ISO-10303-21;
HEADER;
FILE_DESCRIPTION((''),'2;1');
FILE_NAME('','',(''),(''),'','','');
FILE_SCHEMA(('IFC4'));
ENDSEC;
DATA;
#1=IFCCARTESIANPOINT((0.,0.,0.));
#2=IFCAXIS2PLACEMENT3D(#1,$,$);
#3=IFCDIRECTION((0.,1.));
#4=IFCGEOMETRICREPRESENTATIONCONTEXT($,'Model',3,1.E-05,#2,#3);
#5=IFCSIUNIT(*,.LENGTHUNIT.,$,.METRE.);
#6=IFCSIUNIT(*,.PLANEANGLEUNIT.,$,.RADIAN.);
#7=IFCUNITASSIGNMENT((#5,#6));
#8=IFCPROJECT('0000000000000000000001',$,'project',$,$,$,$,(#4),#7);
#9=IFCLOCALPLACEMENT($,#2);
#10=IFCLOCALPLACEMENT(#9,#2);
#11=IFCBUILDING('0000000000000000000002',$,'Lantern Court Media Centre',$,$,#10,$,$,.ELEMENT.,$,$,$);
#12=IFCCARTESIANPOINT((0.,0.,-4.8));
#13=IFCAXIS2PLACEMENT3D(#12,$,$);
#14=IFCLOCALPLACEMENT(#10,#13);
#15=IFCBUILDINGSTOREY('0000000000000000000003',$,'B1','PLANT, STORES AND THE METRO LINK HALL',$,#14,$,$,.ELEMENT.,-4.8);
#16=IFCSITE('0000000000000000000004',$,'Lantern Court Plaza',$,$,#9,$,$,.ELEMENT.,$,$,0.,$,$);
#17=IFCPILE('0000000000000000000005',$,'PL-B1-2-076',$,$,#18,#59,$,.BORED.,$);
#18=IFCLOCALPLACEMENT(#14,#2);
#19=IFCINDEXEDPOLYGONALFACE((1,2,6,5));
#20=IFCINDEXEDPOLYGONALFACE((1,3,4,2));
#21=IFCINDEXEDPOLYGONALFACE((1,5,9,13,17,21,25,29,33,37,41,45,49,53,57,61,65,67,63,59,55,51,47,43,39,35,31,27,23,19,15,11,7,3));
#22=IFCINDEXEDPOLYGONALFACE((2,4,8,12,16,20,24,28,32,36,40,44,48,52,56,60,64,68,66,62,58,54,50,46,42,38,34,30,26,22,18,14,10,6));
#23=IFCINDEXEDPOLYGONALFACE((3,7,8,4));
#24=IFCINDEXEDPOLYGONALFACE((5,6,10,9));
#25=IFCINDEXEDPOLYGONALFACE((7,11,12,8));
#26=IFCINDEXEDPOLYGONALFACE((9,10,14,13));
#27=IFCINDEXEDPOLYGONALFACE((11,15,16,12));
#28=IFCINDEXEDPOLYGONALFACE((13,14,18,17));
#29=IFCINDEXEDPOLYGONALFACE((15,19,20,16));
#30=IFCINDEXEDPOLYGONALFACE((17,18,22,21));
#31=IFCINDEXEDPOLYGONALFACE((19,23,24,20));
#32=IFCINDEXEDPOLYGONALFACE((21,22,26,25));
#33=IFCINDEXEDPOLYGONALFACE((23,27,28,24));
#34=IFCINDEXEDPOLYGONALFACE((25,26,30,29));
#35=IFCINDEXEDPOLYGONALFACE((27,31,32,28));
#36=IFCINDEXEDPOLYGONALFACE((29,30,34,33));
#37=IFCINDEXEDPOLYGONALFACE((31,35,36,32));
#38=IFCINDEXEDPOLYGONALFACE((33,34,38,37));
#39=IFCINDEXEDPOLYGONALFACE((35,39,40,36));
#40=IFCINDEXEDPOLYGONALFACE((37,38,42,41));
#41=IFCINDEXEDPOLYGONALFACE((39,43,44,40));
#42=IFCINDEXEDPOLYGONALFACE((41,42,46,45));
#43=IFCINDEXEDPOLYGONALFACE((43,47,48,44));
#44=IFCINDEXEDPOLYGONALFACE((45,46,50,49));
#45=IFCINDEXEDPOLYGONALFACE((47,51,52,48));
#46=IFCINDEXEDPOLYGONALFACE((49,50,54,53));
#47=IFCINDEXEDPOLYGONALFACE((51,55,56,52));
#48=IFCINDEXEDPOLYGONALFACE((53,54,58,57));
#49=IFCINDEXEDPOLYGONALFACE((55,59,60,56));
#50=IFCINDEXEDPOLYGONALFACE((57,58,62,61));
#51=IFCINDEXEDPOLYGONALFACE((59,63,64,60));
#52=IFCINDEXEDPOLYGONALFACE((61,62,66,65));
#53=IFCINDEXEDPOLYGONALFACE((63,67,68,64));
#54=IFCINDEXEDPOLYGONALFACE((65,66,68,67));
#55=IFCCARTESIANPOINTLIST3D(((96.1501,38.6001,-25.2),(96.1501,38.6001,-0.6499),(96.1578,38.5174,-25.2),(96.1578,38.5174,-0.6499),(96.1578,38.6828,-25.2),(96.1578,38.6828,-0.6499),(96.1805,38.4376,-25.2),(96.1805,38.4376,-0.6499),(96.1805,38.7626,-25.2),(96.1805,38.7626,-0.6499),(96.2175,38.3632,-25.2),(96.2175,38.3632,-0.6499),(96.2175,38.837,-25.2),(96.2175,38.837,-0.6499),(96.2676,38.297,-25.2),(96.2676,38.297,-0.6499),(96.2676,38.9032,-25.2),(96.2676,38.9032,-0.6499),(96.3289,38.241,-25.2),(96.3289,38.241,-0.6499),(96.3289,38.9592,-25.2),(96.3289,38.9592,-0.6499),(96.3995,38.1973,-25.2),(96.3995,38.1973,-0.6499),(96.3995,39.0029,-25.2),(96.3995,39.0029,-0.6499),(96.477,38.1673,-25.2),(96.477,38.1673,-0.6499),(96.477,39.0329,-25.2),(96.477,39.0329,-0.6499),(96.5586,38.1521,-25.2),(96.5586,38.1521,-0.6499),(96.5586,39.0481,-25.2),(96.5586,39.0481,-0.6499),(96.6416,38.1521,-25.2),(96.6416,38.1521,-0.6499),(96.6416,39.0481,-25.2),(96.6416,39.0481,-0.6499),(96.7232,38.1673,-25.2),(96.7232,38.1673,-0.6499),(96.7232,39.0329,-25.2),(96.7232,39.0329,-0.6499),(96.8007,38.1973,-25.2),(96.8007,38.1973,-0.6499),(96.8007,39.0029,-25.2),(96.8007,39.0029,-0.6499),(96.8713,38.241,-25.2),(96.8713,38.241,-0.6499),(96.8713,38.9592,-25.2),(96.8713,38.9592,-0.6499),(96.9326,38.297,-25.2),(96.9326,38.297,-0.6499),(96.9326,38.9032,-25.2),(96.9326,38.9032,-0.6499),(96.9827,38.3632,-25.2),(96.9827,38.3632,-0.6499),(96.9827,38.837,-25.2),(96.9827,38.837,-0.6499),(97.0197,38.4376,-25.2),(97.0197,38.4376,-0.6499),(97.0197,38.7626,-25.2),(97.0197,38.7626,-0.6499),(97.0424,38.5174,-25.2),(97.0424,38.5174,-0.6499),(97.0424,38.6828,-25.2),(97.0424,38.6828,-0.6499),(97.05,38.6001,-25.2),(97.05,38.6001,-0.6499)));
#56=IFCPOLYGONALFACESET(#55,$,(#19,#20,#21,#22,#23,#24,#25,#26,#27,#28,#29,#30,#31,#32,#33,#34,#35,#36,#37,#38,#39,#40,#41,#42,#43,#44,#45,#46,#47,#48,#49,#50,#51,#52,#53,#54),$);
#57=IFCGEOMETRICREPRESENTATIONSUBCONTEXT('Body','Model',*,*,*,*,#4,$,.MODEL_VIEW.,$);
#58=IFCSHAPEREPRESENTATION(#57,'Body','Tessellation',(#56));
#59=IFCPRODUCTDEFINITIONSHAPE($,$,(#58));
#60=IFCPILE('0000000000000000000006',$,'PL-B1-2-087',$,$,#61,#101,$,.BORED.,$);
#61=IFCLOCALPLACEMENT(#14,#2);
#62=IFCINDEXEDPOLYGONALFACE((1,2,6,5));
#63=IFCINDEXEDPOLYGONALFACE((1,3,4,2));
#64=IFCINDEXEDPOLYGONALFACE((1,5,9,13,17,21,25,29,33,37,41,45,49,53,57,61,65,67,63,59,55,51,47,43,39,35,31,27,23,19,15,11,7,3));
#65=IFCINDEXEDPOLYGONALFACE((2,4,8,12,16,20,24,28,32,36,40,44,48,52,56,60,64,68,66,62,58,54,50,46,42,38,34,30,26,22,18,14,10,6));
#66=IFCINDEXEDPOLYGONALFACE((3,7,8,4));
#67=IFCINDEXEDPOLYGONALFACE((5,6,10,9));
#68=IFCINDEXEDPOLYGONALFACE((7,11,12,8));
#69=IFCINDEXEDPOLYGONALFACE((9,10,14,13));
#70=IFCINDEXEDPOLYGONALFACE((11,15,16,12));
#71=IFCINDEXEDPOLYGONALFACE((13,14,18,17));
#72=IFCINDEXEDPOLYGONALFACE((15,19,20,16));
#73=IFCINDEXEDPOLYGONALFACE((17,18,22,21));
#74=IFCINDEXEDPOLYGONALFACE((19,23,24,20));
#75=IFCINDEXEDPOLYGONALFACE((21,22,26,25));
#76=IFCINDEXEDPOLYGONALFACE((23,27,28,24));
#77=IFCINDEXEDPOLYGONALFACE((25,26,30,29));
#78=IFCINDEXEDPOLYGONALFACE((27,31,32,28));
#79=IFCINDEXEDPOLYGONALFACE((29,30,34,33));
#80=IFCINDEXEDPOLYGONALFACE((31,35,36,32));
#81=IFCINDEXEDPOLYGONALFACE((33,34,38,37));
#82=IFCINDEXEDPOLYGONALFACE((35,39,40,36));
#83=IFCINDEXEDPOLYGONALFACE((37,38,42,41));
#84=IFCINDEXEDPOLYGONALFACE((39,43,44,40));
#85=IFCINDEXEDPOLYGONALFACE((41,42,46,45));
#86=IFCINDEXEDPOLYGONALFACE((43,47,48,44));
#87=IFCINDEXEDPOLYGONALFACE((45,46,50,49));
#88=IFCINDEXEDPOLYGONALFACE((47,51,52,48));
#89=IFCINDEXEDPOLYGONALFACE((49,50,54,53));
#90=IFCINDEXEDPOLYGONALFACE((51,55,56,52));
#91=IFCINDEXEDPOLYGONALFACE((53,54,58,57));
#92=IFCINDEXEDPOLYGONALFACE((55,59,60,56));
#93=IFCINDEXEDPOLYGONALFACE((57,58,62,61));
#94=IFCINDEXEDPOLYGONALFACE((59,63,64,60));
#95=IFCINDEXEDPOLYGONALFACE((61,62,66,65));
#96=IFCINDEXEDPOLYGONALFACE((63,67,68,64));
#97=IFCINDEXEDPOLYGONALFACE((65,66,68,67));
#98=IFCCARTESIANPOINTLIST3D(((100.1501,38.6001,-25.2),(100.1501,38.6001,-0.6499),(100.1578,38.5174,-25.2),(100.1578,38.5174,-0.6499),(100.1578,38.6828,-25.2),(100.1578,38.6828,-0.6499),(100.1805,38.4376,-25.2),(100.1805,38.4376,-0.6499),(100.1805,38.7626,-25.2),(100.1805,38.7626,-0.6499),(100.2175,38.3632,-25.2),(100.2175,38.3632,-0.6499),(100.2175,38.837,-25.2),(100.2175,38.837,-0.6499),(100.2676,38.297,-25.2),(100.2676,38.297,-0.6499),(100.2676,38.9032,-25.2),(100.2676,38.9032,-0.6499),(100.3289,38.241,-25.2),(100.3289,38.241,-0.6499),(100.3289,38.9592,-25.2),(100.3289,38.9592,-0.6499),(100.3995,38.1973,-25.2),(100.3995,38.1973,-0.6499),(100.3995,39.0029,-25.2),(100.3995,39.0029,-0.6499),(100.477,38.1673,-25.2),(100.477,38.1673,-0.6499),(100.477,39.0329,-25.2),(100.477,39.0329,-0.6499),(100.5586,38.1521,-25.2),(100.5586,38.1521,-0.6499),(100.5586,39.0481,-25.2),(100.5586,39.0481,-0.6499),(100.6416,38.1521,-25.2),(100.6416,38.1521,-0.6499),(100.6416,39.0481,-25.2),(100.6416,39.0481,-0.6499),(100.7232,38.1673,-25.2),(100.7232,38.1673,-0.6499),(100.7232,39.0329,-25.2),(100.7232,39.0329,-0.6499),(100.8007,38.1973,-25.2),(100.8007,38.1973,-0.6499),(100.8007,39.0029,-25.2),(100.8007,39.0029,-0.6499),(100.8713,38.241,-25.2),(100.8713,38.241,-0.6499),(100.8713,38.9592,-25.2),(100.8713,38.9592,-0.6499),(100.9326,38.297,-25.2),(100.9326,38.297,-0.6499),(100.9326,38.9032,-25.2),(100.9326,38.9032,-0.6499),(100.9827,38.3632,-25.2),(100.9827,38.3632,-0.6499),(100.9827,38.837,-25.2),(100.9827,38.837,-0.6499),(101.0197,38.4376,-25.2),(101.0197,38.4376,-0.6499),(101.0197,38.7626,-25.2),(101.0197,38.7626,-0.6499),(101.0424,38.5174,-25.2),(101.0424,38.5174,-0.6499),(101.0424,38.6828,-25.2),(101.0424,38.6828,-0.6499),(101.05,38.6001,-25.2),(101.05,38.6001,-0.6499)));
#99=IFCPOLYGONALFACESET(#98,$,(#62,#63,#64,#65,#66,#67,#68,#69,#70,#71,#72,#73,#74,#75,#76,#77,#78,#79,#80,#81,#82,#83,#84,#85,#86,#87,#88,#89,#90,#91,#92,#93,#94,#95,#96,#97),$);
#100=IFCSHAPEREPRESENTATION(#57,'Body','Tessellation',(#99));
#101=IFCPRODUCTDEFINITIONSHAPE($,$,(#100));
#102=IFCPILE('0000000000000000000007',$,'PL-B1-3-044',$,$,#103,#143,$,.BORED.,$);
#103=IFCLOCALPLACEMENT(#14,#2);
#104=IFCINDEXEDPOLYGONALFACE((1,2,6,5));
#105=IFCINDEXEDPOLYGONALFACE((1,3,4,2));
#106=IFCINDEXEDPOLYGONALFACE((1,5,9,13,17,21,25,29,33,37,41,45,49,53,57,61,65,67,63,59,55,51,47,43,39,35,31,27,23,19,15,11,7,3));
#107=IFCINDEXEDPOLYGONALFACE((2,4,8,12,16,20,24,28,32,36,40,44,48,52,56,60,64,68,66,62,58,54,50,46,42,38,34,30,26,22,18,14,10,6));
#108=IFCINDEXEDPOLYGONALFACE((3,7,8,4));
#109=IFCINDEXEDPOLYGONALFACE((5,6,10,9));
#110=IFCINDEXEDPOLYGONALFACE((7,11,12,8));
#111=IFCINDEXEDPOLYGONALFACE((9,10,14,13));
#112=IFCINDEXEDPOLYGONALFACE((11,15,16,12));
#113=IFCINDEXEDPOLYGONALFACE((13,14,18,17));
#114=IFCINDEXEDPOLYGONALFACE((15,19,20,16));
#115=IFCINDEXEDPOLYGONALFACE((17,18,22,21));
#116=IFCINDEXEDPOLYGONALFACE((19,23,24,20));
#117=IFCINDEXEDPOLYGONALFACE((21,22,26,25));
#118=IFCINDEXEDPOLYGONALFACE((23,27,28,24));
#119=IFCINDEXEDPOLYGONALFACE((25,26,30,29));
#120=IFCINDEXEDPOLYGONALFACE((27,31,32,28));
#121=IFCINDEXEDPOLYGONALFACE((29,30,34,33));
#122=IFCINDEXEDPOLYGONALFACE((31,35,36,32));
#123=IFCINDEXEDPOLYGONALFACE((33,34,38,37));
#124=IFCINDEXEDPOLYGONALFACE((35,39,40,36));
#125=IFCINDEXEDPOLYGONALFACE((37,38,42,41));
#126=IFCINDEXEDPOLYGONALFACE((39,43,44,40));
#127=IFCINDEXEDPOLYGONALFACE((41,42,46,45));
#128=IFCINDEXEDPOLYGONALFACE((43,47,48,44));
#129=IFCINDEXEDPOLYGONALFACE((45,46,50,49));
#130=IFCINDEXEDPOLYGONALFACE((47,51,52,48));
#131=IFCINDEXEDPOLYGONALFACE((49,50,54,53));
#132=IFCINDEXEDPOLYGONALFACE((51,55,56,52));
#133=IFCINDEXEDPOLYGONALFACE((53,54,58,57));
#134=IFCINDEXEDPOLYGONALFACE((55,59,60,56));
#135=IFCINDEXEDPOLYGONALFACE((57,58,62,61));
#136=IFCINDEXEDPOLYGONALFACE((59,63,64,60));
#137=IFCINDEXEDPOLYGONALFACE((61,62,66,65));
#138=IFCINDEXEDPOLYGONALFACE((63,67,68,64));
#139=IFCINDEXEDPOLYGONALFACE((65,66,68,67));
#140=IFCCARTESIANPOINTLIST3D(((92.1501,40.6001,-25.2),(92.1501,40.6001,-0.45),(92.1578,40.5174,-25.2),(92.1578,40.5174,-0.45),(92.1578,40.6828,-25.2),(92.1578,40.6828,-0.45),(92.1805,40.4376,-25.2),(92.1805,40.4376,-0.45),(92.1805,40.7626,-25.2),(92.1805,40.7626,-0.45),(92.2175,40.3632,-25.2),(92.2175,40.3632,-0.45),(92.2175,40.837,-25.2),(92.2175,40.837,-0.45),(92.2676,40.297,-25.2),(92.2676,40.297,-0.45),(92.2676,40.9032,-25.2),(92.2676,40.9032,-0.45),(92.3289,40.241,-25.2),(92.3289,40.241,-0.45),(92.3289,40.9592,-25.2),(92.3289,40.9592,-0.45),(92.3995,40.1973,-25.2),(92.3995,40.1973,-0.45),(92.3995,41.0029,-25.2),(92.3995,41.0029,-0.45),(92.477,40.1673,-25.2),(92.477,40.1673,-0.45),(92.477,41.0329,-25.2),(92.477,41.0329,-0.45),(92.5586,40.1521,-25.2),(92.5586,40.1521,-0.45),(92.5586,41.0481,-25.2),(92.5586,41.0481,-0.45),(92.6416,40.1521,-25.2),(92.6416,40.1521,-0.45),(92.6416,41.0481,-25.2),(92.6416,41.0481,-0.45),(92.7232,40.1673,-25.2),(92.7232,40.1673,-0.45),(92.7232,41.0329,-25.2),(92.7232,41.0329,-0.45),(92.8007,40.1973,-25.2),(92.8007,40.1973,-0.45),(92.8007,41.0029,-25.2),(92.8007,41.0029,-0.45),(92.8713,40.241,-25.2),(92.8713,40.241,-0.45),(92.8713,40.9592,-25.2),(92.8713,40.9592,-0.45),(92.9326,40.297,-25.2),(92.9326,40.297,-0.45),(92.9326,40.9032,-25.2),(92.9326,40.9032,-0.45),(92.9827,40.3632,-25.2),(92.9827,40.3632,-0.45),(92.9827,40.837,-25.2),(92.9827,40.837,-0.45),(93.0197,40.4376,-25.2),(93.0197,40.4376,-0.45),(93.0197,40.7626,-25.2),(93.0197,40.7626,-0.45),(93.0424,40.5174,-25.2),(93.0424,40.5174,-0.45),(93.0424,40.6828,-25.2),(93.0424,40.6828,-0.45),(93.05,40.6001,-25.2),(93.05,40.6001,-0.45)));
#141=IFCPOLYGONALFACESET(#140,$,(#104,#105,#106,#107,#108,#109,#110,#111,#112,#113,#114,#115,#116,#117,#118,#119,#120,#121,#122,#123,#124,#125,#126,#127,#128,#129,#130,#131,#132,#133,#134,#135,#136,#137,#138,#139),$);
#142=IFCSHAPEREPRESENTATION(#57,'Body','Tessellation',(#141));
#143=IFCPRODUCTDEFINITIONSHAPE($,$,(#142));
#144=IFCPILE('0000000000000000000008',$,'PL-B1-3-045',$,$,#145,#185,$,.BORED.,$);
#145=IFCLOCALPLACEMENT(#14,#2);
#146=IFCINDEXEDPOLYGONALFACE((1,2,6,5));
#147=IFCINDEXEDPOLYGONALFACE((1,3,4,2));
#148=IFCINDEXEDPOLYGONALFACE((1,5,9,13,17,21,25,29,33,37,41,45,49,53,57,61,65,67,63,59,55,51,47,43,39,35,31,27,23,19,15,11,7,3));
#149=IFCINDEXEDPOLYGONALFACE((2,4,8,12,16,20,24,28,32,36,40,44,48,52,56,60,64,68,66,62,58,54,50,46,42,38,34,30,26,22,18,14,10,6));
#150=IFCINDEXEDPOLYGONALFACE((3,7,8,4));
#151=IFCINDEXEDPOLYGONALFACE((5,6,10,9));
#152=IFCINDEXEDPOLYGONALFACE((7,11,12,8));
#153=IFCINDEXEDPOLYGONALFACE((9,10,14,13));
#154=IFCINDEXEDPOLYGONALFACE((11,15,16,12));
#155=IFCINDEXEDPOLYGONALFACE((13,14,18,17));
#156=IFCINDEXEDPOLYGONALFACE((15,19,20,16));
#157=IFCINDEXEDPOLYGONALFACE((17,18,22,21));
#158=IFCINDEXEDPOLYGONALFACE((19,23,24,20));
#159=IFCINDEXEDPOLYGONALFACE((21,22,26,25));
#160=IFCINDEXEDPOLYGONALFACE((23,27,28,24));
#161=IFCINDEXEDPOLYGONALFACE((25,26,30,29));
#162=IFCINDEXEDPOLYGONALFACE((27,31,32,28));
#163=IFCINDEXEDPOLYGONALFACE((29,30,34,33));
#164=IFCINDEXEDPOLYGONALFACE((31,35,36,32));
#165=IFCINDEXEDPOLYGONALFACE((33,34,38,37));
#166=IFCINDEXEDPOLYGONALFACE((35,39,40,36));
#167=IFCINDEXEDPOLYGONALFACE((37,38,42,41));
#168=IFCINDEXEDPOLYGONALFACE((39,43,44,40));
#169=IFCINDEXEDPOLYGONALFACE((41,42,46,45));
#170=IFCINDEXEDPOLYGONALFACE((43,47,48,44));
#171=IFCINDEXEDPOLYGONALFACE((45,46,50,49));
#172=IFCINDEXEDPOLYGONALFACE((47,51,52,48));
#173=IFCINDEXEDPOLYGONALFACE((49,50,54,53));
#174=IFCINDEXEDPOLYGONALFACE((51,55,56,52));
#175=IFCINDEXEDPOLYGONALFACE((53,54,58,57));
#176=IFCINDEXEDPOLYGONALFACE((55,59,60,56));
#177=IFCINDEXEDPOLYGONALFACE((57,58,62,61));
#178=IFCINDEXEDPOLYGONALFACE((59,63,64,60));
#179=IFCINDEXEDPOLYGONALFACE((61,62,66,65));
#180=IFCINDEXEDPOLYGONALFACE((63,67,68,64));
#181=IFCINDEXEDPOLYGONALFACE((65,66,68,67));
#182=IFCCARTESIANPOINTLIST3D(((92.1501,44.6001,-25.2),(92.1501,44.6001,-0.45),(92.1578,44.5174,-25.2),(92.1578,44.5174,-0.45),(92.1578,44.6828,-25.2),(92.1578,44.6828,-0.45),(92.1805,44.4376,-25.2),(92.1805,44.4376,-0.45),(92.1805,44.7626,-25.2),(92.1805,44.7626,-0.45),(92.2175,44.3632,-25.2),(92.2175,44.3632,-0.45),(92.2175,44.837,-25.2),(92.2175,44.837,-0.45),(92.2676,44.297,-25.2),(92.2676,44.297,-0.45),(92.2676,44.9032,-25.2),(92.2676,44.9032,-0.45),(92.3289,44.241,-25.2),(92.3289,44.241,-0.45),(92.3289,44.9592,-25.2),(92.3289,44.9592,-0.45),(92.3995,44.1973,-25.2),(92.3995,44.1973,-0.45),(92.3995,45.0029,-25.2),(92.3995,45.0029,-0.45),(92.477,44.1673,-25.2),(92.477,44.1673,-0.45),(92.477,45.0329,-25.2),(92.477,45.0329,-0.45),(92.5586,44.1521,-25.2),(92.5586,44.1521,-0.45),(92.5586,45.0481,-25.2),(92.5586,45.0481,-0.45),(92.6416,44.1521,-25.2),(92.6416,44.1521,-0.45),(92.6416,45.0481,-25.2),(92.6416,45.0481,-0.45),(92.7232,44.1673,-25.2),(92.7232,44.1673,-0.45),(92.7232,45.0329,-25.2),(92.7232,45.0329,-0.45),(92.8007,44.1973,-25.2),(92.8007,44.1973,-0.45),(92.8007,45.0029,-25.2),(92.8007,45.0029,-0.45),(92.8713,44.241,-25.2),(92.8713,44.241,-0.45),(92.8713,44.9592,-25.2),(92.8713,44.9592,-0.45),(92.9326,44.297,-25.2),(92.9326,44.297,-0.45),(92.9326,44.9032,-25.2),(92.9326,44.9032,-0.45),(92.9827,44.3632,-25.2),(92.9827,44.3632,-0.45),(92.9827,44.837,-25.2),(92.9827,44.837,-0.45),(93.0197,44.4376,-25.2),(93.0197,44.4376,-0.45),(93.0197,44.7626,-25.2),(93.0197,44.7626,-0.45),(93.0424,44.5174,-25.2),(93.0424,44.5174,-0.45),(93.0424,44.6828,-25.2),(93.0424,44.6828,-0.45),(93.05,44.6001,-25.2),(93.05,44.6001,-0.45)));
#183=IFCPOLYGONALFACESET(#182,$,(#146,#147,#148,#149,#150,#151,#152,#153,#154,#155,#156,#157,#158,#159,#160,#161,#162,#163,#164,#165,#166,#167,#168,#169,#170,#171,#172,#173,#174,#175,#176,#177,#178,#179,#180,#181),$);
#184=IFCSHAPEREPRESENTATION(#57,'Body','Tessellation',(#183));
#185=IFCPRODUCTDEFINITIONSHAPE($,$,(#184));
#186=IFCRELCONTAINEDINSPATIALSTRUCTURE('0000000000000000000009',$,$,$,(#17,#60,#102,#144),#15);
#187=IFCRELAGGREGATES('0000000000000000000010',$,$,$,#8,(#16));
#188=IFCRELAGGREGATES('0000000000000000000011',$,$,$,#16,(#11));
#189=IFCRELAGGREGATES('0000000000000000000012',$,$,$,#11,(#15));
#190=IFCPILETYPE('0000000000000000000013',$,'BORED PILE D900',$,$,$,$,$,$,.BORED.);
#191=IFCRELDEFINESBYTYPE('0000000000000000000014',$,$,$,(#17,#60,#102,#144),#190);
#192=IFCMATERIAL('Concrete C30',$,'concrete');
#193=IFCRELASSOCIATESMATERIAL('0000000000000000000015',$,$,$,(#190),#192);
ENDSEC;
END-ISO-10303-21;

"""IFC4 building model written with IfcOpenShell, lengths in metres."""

from ifc_helpers import new_model, si_unit, direction, frame, origin, origin_2d, place, context, subcontext, project, spatial, circle, extrude, material, material_profile, profile_set, type_object, element, save


model = new_model("IFC4")

# Units and contexts
model_context = context("Model", 3, precision=1e-05, world=origin(), true_north=direction((0.0, 1.0)))
body_context = subcontext(model_context, "Body", "Model", "MODEL_VIEW")
ifc_project = project(units=[si_unit("LENGTHUNIT", "METRE"), si_unit("PLANEANGLEUNIT", "RADIAN")], contexts=[model_context])

# Site, building, storey
site_placement = place(None, origin())
site = spatial("IfcSite", under=ifc_project, at=site_placement, Name="Lantern Court Plaza", CompositionType="ELEMENT", RefElevation=0.0)
building_placement = place(site_placement, origin())
building = spatial("IfcBuilding", under=site, at=building_placement, Name="Lantern Court Media Centre", CompositionType="ELEMENT")
storey_placement = place(building_placement, frame((0.0, 0.0, -4.8)))
storey = spatial("IfcBuildingStorey", under=building, at=storey_placement, Name="B1", Description="PLANT, STORES AND THE METRO LINK HALL", CompositionType="ELEMENT", Elevation=-4.8)

# Piles
ifc_material_1 = material(Name="Concrete C30", Category="concrete")
ifc_material_profile_1 = material_profile(ifc_material_1, circle(Radius=0.45, at=origin_2d()), Name="D900")
ifc_profile_set_1 = profile_set([ifc_material_profile_1], Name="Concrete C30")
pile_type = type_object("IfcPileType", Name="BORED PILE D900", PredefinedType="BORED", material=ifc_profile_set_1)
for number, where, z_axis, x_axis, name in (
    (1, (96.6001, 38.6001, -0.6499), (0.0, 0.0, -1.0), (1.0, 0.0, 0.0), "PL-B1-2-076"),
    (2, (100.6001, 38.6001, -0.6499), (0.0, 0.0, -1.0), (1.0, 0.0, 0.0), "PL-B1-2-087"),
):
    element("IfcPile", number, at=place(storey_placement, frame(where, z_axis=z_axis, x_axis=x_axis)), inside=storey, type_object=pile_type, Name=name, PredefinedType="BORED", context=body_context, shape_type="SweptSolid", body=[
        extrude(circle(Radius=0.45, at=origin_2d()), origin(), (0.0, 0.0, 1.0), 24.55),
    ])
for number, where, z_axis, x_axis, name in (
    (3, (92.6001, 40.6001, -0.45), (0.0, 0.0, -1.0), (1.0, 0.0, 0.0), "PL-B1-3-044"),
    (4, (92.6001, 44.6001, -0.45), (0.0, 0.0, -1.0), (1.0, 0.0, 0.0), "PL-B1-3-045"),
):
    element("IfcPile", number, at=place(storey_placement, frame(where, z_axis=z_axis, x_axis=x_axis)), inside=storey, type_object=pile_type, Name=name, PredefinedType="BORED", context=body_context, shape_type="SweptSolid", body=[
        extrude(circle(Radius=0.45, at=origin_2d()), origin(), (0.0, 0.0, 1.0), 24.75),
    ])

save(model, "model.ifc")
